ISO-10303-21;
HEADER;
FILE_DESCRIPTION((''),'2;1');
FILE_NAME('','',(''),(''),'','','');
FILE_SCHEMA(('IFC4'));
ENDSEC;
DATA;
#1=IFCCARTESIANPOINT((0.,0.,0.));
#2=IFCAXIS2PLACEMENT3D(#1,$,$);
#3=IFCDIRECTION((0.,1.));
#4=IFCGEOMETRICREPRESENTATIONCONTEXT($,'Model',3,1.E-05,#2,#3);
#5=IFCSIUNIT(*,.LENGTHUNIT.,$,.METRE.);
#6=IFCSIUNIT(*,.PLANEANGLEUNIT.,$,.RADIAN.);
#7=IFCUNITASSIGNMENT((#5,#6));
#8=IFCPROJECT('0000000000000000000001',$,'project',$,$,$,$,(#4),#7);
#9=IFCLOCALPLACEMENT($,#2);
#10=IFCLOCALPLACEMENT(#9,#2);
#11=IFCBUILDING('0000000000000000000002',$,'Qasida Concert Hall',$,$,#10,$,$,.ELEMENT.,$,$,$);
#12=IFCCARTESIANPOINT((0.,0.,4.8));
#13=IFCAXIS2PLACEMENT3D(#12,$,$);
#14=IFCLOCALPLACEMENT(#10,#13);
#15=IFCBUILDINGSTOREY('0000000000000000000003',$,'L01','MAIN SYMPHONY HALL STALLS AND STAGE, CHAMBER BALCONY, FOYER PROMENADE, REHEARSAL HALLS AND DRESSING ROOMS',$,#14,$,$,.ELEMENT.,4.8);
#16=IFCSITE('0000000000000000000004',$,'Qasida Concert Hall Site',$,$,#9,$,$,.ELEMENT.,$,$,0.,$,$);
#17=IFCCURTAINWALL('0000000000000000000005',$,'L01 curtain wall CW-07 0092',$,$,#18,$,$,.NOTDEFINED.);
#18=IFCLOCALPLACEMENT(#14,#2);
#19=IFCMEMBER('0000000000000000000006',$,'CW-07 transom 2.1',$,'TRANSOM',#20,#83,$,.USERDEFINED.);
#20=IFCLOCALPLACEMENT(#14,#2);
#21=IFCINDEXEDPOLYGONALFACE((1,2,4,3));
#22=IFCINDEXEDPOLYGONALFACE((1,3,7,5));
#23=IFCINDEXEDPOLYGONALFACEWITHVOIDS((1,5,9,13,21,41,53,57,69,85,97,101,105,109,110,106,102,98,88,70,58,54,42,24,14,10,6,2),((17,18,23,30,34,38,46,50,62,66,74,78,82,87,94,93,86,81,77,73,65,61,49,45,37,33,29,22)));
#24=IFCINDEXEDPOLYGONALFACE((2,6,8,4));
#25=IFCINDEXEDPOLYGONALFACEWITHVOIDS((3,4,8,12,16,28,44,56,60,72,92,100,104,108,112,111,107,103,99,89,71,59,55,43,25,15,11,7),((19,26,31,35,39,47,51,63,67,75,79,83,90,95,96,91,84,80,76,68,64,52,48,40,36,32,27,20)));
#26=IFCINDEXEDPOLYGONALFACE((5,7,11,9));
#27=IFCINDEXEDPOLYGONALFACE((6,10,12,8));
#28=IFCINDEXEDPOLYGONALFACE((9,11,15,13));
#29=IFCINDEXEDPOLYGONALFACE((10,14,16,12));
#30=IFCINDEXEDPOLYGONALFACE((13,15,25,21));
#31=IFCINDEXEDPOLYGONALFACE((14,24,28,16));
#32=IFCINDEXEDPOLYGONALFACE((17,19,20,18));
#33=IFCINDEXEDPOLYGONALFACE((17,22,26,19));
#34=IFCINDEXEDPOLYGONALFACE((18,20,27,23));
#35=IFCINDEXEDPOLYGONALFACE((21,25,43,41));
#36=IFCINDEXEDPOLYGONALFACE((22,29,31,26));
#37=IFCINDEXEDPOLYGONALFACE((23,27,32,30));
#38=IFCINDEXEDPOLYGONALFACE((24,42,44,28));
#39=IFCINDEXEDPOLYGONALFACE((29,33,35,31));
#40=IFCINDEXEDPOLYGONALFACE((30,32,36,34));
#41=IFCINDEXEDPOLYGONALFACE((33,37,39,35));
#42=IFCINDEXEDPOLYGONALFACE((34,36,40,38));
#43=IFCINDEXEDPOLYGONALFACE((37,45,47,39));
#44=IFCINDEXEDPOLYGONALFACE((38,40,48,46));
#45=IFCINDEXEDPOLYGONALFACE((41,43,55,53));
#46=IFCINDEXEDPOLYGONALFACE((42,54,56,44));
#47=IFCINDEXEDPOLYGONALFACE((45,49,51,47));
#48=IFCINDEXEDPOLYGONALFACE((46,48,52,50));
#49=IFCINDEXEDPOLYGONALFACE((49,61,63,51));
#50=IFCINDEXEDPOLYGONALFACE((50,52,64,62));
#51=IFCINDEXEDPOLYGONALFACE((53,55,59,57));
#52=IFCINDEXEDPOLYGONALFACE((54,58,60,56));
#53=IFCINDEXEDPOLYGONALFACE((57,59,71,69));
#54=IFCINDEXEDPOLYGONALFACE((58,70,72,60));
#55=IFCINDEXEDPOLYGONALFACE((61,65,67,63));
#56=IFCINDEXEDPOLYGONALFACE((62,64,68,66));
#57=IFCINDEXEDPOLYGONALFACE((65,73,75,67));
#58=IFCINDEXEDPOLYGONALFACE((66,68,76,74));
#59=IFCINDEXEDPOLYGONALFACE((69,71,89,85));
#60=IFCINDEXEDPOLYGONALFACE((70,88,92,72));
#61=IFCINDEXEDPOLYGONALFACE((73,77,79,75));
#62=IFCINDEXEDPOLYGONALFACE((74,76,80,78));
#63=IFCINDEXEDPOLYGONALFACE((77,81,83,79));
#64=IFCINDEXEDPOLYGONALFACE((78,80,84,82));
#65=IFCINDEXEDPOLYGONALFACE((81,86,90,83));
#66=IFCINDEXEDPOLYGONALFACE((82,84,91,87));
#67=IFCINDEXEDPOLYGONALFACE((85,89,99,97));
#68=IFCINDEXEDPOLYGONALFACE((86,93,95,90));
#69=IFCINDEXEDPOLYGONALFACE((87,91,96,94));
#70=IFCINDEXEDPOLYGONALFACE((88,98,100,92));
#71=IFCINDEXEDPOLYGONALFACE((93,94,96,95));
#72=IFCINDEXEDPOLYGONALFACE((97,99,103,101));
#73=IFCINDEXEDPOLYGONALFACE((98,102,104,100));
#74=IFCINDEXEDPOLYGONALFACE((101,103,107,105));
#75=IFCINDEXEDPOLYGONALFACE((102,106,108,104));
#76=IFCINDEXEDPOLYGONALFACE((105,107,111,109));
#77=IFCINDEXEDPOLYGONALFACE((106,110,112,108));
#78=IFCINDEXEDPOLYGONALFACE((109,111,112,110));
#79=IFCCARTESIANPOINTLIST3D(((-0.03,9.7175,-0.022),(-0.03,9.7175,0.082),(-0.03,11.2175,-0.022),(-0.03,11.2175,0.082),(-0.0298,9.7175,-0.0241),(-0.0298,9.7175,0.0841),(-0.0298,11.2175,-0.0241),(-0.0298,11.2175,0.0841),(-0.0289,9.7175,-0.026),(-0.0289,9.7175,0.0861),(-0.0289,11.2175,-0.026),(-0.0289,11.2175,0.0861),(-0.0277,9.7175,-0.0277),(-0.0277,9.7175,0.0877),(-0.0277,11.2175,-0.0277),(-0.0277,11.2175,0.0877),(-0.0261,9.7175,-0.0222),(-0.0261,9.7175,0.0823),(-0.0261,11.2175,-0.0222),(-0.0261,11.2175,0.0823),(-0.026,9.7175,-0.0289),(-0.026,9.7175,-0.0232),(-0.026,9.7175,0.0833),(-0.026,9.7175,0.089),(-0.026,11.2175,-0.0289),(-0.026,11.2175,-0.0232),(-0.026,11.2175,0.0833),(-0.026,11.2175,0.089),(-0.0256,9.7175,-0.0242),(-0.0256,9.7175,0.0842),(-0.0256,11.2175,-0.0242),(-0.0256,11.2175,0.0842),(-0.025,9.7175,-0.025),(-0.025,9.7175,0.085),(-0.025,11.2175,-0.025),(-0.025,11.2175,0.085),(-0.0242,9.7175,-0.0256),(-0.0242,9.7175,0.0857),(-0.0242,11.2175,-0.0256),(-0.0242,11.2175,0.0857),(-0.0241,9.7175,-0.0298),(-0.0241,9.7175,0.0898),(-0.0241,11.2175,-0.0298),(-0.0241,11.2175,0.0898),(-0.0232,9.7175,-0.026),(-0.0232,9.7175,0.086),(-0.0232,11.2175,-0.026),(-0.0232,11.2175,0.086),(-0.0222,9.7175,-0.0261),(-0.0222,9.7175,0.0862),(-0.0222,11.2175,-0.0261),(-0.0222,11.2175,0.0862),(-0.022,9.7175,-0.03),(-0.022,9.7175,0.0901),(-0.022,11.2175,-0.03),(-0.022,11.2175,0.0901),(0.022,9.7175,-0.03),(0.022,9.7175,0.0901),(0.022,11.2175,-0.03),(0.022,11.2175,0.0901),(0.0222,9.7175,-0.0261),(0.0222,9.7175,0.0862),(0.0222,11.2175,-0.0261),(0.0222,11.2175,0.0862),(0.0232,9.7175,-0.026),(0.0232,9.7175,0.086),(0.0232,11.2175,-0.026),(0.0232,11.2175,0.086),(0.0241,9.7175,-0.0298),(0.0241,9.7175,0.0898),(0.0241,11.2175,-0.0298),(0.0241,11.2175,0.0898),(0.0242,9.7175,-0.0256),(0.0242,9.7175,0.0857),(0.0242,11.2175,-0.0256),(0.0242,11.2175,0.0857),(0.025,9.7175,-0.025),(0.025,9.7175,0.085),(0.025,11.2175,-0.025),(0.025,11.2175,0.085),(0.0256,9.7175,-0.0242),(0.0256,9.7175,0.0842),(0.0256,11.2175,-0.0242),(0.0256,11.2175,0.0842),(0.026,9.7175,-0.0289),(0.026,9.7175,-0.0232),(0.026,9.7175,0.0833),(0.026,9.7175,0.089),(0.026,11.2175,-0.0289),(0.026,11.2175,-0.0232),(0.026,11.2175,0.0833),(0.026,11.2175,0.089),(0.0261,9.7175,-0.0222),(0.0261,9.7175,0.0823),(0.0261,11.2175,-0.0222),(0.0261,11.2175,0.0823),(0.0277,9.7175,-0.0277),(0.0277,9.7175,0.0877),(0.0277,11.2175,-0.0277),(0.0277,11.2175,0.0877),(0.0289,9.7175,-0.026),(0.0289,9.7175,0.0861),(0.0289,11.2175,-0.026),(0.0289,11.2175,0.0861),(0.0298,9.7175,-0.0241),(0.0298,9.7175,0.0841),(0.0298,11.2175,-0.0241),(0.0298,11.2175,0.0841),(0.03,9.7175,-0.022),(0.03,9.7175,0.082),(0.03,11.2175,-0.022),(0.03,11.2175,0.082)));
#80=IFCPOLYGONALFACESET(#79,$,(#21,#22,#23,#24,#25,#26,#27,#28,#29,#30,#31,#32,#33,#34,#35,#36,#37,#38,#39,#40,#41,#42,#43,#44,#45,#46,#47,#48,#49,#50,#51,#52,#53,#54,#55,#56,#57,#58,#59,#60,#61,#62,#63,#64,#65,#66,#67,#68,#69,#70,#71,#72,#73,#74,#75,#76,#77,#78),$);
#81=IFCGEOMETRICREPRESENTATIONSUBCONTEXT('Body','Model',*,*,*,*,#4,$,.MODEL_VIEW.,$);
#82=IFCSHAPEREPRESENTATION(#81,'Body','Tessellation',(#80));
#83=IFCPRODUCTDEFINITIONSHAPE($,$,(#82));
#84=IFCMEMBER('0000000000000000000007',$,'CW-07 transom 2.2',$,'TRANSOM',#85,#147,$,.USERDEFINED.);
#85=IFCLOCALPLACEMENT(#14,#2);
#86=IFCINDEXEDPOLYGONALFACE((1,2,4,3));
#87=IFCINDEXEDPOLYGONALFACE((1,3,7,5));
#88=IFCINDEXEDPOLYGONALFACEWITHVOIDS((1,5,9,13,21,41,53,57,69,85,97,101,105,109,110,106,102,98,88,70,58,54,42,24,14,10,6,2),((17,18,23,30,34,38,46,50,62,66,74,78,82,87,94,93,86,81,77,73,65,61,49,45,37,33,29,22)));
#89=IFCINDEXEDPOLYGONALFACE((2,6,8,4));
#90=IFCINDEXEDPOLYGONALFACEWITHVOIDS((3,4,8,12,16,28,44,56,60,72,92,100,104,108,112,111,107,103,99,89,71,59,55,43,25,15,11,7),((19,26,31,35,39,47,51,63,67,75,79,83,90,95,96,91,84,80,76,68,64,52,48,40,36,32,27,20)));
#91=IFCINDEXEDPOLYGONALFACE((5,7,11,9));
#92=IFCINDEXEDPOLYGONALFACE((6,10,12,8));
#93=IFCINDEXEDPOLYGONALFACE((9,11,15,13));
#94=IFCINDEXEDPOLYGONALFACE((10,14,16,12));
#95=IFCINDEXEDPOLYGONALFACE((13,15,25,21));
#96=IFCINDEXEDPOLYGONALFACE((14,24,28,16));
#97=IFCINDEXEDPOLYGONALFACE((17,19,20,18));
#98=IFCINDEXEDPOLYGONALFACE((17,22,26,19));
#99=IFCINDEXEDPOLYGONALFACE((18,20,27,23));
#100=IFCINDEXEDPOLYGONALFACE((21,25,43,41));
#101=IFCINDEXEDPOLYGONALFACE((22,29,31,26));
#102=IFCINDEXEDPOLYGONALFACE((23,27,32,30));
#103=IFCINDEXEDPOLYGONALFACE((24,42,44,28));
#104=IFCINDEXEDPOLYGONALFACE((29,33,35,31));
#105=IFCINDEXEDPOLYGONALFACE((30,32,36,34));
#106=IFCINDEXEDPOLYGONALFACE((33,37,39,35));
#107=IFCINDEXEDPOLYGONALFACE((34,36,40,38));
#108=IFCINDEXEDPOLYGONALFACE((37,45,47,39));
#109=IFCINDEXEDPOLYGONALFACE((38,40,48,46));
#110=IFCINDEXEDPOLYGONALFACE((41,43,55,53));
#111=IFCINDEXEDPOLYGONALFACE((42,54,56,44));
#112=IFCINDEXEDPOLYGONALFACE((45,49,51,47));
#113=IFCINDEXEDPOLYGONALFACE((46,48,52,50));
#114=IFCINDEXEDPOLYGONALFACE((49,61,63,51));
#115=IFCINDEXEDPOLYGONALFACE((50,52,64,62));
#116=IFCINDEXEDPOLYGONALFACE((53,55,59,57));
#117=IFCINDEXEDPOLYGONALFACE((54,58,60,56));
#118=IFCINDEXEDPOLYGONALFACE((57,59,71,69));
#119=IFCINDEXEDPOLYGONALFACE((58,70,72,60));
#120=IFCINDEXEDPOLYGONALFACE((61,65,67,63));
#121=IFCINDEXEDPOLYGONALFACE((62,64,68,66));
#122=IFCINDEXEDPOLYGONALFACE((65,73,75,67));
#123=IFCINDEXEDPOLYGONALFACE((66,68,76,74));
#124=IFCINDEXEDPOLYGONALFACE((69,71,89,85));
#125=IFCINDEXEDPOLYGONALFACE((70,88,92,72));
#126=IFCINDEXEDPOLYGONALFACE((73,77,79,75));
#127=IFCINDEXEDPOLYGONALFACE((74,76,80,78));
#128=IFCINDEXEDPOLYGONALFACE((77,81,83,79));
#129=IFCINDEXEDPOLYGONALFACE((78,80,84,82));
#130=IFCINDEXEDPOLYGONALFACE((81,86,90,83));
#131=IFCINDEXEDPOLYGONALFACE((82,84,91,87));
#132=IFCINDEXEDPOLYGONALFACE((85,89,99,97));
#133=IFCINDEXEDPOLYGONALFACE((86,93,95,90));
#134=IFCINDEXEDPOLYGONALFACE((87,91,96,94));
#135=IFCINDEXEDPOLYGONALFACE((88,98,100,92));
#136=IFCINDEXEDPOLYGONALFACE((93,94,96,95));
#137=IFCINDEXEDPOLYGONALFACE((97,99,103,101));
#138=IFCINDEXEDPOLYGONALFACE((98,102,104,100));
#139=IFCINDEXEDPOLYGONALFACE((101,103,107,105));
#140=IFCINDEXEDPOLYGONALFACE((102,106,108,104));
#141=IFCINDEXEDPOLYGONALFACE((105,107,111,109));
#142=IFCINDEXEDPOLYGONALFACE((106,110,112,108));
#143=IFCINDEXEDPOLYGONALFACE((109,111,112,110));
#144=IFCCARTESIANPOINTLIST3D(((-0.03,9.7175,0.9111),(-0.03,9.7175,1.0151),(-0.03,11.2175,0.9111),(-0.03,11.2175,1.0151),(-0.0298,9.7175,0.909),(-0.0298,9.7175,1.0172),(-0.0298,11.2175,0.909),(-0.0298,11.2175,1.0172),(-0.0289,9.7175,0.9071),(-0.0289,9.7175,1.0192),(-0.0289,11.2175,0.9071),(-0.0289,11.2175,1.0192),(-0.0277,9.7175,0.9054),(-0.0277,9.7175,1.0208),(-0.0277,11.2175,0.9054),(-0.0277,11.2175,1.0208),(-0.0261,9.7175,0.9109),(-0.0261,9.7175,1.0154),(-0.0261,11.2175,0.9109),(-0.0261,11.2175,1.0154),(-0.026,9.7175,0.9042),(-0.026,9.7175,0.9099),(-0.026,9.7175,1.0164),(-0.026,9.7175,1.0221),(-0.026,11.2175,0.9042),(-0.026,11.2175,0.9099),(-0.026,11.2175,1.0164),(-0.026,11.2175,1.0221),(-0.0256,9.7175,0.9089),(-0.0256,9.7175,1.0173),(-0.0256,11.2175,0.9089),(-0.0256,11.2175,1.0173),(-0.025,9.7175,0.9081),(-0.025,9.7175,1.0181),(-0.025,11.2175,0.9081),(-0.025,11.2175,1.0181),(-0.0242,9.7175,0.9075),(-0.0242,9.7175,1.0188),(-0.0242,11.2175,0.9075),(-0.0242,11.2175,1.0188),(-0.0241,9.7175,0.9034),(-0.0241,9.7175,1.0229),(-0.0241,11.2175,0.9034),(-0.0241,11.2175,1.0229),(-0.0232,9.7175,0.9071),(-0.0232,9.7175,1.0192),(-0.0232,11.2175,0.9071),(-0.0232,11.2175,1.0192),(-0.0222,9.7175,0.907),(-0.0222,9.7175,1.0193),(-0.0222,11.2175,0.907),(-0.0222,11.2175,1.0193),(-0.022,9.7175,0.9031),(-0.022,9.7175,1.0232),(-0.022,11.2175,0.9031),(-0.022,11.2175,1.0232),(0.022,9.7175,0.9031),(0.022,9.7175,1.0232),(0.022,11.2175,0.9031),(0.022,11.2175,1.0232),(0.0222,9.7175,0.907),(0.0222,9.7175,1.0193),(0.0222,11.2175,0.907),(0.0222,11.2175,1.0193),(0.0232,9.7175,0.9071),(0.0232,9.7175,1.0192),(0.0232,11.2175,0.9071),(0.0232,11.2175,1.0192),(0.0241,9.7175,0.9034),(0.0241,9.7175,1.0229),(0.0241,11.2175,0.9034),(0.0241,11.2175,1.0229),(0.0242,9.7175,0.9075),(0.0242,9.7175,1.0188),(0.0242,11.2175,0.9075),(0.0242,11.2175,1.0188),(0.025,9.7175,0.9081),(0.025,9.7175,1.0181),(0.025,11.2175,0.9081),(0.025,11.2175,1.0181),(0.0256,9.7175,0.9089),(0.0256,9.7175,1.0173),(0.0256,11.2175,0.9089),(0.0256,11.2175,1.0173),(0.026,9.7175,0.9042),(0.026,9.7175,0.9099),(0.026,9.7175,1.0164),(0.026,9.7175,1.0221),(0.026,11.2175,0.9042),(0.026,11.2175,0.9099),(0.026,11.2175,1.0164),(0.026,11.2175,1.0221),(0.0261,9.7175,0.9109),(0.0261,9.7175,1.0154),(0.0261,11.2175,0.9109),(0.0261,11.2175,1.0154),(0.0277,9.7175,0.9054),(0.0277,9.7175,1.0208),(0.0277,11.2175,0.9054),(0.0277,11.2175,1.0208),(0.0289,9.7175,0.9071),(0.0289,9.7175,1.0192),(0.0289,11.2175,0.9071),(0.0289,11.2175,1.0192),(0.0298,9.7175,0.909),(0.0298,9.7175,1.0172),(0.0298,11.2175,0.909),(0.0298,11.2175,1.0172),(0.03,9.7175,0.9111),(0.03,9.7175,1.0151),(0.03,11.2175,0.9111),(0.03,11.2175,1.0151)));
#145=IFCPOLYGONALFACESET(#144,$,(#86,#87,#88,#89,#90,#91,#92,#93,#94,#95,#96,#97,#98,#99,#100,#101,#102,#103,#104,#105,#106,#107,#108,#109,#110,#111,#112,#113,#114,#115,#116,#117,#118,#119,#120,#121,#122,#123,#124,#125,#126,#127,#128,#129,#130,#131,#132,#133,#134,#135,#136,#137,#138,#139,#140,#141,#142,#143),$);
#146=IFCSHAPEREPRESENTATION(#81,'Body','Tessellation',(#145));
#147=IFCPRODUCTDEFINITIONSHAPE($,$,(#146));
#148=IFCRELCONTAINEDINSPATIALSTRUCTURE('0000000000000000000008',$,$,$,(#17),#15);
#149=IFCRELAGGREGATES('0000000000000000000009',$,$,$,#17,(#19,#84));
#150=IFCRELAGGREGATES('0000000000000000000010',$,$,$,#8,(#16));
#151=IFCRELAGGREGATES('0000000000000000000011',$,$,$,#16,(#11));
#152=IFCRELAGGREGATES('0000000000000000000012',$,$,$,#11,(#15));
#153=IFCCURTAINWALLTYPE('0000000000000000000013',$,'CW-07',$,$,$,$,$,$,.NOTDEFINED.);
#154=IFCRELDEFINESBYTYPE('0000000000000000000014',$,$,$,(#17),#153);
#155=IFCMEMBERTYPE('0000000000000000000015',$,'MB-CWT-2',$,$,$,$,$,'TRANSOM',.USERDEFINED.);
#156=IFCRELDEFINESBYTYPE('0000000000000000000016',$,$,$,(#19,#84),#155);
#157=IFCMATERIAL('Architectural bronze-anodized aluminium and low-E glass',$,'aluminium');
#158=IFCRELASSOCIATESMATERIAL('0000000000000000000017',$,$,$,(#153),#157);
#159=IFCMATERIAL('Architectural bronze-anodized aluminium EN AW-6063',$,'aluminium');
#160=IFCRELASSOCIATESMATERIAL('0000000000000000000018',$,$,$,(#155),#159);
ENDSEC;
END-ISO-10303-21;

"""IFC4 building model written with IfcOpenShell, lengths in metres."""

from ifc_helpers import new_model, si_unit, direction, frame, origin, origin_2d, place, context, subcontext, project, spatial, hollow_rectangle, extrude, material, material_profile, profile_set, type_object, element, aggregate, save


model = new_model("IFC4")

# Units and contexts
model_context = context("Model", 3, precision=1e-05, world=origin(), true_north=direction((0.0, 1.0)))
body_context = subcontext(model_context, "Body", "Model", "MODEL_VIEW")
ifc_project = project(units=[si_unit("LENGTHUNIT", "METRE"), si_unit("PLANEANGLEUNIT", "RADIAN")], contexts=[model_context])

# Site, building, storey
site_placement = place(None, origin())
site = spatial("IfcSite", under=ifc_project, at=site_placement, Name="Qasida Concert Hall Site", CompositionType="ELEMENT", RefElevation=0.0)
building_placement = place(site_placement, origin())
building = spatial("IfcBuilding", under=site, at=building_placement, Name="Qasida Concert Hall", CompositionType="ELEMENT")
storey_placement = place(building_placement, frame((0.0, 0.0, 4.8)))
storey = spatial("IfcBuildingStorey", under=building, at=storey_placement, Name="L01", Description="MAIN SYMPHONY HALL STALLS AND STAGE, CHAMBER BALCONY, FOYER PROMENADE, REHEARSAL HALLS AND DRESSING ROOMS", CompositionType="ELEMENT", Elevation=4.8)

# Curtain wall, members
ifc_material_1 = material(Name="Architectural bronze-anodized aluminium and low-E glass", Category="aluminium")
curtain_wall_type = type_object("IfcCurtainWallType", Name="CW-07", PredefinedType="NOTDEFINED", material=ifc_material_1)
curtain_wall_placement = place(storey_placement, origin())
curtain_wall = element("IfcCurtainWall", 1, at=curtain_wall_placement, inside=storey, type_object=curtain_wall_type, Name="L01 curtain wall CW-07 0092", PredefinedType="NOTDEFINED")
ifc_material_2 = material(Name="Architectural bronze-anodized aluminium EN AW-6063", Category="aluminium")
ifc_material_profile_1 = material_profile(ifc_material_2, hollow_rectangle(XDim=0.0601, YDim=0.1201, WallThickness=0.0039, InnerFilletRadius=0.0039, OuterFilletRadius=0.0081, at=origin_2d()), Name="CWT 120x60x4")
ifc_profile_set_1 = profile_set([ifc_material_profile_1], Name="Architectural bronze-anodized aluminium EN AW-6063")
member_type_1 = type_object("IfcMemberType", Name="MB-CWT-2", ElementType="TRANSOM", PredefinedType="USERDEFINED", material=ifc_profile_set_1)
member_1_placement = place(storey_placement, frame((0.0, 9.7175, 0.03), z_axis=(0.0, 1.0, 0.0), x_axis=(-1.0, 0.0, 0.0)))
member_1 = element("IfcMember", 2, at=member_1_placement, type_object=member_type_1, Name="CW-07 transom 2.1", ObjectType="TRANSOM", PredefinedType="USERDEFINED", context=body_context, shape_type="SweptSolid", body=[
    extrude(hollow_rectangle(XDim=0.0601, YDim=0.1201, WallThickness=0.0039, InnerFilletRadius=0.0039, OuterFilletRadius=0.0081, at=origin_2d()), origin(), (0.0, 0.0, 1.0), 1.5),
])
member_2_placement = place(storey_placement, frame((0.0, 9.7175, 0.9631), z_axis=(0.0, 1.0, 0.0), x_axis=(-1.0, 0.0, 0.0)))
member_2 = element("IfcMember", 3, at=member_2_placement, type_object=member_type_1, Name="CW-07 transom 2.2", ObjectType="TRANSOM", PredefinedType="USERDEFINED", context=body_context, shape_type="SweptSolid", body=[
    extrude(hollow_rectangle(XDim=0.0601, YDim=0.1201, WallThickness=0.0039, InnerFilletRadius=0.0039, OuterFilletRadius=0.0081, at=origin_2d()), origin(), (0.0, 0.0, 1.0), 1.5),
])
aggregate(curtain_wall, [member_1, member_2])

save(model, "model.ifc")
